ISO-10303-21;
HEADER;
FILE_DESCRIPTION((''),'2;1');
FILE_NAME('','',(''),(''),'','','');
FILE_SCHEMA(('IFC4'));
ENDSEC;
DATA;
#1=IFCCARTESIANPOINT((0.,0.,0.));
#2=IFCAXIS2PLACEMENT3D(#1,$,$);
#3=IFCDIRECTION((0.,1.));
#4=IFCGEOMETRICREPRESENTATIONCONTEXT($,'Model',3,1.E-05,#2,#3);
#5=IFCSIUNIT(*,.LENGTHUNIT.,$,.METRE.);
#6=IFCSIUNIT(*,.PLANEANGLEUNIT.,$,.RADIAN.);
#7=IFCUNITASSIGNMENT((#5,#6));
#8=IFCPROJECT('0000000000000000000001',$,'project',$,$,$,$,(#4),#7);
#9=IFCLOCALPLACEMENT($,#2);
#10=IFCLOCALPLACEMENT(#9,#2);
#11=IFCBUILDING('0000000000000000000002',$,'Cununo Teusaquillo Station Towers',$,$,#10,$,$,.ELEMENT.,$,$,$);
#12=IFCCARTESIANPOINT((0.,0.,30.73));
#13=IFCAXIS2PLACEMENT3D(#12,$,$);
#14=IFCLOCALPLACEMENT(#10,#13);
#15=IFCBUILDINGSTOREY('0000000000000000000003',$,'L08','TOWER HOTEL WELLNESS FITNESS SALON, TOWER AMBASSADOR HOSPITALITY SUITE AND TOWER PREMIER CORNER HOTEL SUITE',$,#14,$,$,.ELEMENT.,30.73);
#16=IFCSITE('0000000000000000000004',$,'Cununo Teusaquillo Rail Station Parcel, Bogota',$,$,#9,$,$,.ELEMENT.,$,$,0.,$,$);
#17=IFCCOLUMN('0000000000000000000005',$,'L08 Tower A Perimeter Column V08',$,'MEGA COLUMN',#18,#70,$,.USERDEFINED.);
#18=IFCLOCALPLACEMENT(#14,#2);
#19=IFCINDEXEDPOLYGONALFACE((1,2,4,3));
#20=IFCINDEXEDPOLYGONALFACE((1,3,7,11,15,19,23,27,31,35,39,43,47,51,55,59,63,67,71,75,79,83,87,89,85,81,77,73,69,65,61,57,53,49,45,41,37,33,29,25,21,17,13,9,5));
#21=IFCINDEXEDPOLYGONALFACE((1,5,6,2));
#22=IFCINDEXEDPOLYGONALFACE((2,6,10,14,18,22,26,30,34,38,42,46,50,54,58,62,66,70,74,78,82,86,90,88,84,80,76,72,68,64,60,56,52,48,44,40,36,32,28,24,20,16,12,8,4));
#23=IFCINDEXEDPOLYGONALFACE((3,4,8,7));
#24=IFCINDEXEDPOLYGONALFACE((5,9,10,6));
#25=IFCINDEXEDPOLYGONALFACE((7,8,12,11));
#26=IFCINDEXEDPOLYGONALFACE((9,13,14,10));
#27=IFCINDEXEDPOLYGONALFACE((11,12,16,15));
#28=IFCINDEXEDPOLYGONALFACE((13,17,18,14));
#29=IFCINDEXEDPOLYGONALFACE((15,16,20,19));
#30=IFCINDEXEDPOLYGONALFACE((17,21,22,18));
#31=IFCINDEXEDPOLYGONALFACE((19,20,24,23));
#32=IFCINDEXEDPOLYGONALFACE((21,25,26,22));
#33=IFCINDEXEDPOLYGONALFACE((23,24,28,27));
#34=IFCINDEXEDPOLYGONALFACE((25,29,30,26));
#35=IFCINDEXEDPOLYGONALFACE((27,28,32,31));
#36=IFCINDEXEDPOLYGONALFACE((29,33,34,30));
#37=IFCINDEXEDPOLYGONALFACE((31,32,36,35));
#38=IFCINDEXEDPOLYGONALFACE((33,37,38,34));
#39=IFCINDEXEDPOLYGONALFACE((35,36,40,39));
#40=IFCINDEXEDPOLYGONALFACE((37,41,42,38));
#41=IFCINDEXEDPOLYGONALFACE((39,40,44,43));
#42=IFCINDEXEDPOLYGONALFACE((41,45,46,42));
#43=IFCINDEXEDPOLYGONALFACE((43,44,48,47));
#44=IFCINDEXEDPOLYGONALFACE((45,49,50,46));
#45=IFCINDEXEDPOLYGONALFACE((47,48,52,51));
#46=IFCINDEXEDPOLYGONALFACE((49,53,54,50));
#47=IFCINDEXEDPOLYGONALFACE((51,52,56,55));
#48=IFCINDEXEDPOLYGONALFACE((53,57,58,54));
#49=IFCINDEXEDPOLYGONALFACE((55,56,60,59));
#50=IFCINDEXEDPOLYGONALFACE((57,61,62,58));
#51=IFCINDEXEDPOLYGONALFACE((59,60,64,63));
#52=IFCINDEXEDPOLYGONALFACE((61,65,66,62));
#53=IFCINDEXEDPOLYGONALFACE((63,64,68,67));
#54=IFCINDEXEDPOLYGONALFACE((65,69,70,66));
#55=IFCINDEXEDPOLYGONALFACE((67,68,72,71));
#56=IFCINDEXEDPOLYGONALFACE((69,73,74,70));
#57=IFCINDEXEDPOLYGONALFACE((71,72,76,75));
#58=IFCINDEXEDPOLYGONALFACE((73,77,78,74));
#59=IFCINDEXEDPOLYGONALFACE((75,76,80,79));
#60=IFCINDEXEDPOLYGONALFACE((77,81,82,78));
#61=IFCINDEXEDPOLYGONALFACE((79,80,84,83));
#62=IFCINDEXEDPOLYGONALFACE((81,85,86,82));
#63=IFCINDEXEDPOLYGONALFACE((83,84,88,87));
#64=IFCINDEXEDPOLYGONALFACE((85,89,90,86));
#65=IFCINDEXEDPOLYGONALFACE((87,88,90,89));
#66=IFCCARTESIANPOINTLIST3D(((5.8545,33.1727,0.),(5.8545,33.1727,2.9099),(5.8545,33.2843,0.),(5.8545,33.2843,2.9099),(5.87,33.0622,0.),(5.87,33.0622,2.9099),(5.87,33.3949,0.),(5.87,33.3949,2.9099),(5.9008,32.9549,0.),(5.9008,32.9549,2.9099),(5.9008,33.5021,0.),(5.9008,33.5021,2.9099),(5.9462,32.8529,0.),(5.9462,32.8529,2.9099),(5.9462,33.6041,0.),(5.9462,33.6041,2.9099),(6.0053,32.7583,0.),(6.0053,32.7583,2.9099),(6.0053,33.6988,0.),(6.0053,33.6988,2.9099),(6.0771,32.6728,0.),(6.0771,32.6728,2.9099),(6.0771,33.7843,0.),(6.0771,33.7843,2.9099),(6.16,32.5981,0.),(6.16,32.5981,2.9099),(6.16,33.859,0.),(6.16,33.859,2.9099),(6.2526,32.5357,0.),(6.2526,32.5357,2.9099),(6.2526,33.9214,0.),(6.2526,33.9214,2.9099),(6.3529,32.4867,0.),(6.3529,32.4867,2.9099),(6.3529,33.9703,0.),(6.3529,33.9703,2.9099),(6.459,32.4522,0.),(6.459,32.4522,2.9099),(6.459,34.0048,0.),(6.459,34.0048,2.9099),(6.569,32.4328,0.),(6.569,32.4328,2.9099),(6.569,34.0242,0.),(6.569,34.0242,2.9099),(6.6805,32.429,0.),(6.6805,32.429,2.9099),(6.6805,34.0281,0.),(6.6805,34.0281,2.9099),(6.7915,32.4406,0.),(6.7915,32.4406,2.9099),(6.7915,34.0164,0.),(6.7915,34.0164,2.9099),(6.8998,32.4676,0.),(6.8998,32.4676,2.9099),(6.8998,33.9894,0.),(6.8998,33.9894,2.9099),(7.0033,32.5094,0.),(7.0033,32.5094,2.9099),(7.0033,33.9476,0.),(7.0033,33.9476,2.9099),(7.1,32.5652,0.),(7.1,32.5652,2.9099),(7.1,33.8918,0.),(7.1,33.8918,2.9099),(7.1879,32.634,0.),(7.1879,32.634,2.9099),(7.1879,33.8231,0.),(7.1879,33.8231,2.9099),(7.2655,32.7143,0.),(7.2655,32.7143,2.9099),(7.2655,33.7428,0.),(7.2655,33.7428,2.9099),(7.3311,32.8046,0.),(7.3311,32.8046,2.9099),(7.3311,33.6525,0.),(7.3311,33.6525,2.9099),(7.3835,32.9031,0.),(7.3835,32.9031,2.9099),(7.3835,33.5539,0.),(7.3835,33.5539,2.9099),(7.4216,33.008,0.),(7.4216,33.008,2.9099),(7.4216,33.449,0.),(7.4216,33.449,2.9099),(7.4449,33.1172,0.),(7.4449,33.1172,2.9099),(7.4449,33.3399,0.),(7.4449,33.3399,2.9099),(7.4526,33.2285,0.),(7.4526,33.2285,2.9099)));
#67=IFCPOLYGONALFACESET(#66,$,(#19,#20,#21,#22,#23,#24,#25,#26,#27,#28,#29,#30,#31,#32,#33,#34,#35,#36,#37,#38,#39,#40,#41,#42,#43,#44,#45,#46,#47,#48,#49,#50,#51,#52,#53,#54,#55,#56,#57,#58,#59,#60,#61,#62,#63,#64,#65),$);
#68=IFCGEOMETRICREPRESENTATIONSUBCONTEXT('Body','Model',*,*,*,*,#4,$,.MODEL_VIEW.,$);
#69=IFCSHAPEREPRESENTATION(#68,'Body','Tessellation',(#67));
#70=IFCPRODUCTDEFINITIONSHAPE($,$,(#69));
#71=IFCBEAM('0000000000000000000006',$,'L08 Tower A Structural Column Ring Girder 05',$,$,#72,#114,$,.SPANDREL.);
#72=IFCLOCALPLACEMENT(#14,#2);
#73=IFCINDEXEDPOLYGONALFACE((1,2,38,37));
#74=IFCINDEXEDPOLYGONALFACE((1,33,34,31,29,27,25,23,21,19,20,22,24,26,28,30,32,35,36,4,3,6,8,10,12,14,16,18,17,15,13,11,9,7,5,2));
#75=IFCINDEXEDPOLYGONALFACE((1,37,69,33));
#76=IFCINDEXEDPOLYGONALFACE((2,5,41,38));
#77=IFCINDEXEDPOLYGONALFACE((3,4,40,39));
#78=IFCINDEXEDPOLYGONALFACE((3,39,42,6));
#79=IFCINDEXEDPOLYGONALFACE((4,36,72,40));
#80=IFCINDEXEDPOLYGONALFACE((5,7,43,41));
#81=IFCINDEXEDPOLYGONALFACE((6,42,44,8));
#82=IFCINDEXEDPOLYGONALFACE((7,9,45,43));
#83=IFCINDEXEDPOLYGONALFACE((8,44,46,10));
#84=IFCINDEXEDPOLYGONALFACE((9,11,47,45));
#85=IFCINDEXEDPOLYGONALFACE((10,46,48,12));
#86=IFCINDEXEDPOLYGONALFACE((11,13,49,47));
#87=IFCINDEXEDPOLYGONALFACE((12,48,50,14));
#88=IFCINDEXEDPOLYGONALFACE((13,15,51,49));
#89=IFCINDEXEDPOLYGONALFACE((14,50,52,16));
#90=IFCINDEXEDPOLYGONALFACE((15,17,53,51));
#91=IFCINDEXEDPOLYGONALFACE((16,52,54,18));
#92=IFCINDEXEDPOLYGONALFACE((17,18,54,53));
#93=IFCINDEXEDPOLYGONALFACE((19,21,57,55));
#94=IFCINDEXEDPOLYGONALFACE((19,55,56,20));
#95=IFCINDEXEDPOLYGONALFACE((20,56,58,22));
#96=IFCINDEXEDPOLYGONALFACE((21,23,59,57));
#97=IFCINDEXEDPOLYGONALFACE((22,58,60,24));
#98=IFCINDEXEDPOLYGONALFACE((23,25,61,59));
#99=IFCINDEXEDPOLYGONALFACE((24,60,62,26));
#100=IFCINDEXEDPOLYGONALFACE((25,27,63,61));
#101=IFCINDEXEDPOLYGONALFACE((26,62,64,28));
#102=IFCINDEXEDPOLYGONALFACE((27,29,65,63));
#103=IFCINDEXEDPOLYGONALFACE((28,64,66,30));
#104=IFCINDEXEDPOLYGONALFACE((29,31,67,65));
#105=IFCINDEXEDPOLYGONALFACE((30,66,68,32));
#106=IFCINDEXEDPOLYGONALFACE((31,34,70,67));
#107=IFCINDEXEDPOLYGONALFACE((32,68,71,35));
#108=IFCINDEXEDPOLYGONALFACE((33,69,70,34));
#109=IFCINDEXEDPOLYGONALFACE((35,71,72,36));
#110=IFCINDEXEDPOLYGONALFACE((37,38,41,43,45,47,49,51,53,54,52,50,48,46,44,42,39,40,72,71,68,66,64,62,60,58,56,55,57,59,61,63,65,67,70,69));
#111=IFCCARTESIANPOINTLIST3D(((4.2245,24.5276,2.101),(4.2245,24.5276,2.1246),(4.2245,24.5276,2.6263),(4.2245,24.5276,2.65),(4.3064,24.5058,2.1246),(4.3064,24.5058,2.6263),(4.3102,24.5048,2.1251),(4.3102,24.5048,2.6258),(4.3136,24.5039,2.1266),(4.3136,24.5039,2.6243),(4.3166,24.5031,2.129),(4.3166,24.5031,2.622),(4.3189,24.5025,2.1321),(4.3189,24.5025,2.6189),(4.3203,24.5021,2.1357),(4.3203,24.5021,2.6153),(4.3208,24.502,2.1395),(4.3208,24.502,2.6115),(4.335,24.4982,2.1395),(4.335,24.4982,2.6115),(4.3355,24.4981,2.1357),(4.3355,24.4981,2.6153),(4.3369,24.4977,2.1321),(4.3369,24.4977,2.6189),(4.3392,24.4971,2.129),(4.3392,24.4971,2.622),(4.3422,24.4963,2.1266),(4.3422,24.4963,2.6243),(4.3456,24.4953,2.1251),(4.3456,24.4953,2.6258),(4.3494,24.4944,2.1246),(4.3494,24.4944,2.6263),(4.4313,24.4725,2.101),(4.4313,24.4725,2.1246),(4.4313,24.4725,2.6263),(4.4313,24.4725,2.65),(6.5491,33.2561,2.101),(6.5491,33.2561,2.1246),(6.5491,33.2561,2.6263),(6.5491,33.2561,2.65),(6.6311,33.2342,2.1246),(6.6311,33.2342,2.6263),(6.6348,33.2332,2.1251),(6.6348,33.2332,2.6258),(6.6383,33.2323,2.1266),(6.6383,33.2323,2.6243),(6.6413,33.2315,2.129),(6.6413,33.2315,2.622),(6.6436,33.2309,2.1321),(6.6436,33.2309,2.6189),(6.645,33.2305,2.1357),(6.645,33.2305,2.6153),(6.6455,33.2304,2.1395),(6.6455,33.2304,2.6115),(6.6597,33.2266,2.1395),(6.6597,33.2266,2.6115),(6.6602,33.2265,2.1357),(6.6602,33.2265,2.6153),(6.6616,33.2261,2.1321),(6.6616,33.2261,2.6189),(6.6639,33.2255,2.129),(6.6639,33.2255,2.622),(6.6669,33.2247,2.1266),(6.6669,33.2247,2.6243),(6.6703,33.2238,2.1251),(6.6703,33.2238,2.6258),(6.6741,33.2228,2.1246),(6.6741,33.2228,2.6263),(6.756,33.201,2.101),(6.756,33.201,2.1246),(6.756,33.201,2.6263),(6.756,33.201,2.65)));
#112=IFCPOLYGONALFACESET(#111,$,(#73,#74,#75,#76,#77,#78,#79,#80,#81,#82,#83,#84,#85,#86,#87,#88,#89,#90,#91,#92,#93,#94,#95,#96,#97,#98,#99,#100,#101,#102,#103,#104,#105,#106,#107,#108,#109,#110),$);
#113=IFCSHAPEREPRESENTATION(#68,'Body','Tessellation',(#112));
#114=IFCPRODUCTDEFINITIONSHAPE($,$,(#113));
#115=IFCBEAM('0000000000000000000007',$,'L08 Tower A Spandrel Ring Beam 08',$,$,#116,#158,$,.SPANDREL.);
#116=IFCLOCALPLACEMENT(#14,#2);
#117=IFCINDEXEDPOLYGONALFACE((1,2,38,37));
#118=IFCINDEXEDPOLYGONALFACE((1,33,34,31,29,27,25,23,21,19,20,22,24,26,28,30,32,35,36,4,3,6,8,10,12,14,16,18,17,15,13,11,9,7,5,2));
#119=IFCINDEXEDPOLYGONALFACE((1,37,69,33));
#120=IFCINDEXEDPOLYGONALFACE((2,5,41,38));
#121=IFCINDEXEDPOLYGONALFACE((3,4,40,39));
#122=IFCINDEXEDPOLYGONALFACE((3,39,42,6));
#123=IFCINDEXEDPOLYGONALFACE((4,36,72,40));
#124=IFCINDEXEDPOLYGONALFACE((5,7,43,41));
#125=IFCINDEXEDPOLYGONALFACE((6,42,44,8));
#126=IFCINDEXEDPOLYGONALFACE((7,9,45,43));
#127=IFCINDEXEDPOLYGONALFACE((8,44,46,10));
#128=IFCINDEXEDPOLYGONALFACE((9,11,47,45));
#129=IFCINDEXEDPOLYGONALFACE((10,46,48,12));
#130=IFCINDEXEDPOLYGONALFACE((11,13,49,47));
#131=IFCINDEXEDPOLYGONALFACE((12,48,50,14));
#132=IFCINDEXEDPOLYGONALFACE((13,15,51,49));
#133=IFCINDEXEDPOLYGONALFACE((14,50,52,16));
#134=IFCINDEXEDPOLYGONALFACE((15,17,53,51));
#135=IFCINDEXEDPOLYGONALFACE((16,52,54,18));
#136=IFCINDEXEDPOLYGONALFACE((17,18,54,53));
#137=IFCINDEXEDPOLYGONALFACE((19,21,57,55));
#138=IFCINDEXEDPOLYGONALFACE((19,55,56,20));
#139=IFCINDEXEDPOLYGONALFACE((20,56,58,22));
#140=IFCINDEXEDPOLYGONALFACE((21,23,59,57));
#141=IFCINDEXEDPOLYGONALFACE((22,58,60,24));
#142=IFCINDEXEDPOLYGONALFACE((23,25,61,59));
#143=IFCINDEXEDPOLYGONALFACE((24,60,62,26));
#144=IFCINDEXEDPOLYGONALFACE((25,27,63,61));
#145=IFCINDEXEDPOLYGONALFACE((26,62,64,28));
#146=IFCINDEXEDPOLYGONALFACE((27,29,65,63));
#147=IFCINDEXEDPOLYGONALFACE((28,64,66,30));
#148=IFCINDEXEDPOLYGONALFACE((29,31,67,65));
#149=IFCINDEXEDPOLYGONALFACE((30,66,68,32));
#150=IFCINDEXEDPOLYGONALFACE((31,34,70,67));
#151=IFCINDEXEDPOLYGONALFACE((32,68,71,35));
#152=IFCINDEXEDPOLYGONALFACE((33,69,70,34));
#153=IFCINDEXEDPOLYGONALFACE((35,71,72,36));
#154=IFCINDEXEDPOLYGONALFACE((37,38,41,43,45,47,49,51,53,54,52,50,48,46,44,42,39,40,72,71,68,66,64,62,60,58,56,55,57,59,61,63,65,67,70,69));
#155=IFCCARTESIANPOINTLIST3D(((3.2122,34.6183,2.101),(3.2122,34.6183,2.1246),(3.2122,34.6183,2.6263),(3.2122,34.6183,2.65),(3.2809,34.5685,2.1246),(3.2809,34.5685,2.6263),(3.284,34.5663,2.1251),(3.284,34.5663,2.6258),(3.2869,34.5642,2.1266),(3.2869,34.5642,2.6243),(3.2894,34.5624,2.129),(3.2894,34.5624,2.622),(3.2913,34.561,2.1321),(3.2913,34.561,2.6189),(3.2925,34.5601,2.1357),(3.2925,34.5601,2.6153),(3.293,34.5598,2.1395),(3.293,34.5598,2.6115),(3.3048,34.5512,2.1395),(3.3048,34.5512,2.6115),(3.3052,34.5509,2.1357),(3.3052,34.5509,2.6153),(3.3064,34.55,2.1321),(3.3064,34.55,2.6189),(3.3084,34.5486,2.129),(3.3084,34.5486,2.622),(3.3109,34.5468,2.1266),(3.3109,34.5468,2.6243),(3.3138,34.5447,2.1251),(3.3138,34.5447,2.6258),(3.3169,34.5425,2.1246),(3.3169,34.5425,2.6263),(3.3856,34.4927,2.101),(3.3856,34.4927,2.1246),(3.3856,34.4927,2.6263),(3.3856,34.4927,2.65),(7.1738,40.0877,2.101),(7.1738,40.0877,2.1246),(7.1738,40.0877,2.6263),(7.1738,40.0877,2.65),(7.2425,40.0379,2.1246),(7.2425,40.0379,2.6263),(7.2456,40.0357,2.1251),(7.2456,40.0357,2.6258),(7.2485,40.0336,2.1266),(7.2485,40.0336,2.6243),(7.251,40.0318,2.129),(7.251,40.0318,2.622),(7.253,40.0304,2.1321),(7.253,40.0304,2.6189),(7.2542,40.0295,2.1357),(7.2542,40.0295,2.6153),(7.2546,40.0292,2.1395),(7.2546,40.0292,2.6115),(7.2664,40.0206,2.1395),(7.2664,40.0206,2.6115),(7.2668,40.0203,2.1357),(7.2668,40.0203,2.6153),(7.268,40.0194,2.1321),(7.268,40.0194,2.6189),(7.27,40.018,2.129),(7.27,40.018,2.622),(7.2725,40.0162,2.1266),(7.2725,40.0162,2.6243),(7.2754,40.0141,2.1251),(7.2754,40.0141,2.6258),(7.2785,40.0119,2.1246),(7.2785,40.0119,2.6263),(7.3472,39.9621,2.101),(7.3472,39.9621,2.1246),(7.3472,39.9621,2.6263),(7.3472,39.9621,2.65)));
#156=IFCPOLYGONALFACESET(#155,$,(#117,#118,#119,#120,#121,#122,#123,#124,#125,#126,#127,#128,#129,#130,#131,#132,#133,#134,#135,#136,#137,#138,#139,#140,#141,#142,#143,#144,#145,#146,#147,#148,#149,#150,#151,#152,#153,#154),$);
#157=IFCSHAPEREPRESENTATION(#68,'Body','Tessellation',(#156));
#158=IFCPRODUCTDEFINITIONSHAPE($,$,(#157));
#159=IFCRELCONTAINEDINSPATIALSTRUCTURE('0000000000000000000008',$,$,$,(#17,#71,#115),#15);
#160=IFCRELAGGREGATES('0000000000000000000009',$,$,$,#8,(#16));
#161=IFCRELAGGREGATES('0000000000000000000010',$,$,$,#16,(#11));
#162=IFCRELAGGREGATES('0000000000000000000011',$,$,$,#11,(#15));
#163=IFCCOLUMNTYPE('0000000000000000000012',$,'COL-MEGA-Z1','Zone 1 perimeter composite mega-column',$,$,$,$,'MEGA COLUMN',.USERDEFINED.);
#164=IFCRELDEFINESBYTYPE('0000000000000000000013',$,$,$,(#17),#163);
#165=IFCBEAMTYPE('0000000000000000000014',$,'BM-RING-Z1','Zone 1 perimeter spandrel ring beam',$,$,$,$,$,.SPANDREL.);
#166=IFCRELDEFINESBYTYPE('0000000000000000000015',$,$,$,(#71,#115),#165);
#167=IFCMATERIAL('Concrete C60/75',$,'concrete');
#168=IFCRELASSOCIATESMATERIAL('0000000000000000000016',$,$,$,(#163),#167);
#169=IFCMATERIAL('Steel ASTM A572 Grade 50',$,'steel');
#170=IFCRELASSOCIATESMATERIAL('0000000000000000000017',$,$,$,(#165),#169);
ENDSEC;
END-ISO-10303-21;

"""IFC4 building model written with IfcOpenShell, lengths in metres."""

from ifc_helpers import new_model, si_unit, direction, frame, origin, origin_2d, place, context, subcontext, project, spatial, circle, i_section, extrude, material, material_profile, profile_set, type_object, element, save


model = new_model("IFC4")

# Units and contexts
model_context = context("Model", 3, precision=1e-05, world=origin(), true_north=direction((0.0, 1.0)))
body_context = subcontext(model_context, "Body", "Model", "MODEL_VIEW")
ifc_project = project(units=[si_unit("LENGTHUNIT", "METRE"), si_unit("PLANEANGLEUNIT", "RADIAN")], contexts=[model_context])

# Site, building, storey
site_placement = place(None, origin())
site = spatial("IfcSite", under=ifc_project, at=site_placement, Name="Cununo Teusaquillo Rail Station Parcel, Bogota", CompositionType="ELEMENT", RefElevation=0.0)
building_placement = place(site_placement, origin())
building = spatial("IfcBuilding", under=site, at=building_placement, Name="Cununo Teusaquillo Station Towers", CompositionType="ELEMENT")
storey_placement = place(building_placement, frame((0.0, 0.0, 30.73)))
storey = spatial("IfcBuildingStorey", under=building, at=storey_placement, Name="L08", Description="TOWER HOTEL WELLNESS FITNESS SALON, TOWER AMBASSADOR HOSPITALITY SUITE AND TOWER PREMIER CORNER HOTEL SUITE", CompositionType="ELEMENT", Elevation=30.73)

# Column
ifc_material_1 = material(Name="Concrete C60/75", Category="concrete")
ifc_material_profile_1 = material_profile(ifc_material_1, circle(Radius=0.8, at=origin_2d()), Name="RC-CIRC-1600")
ifc_profile_set_1 = profile_set([ifc_material_profile_1], Name="Concrete C60/75")
column_type = type_object("IfcColumnType", Name="COL-MEGA-Z1", Description="Zone 1 perimeter composite mega-column", ElementType="MEGA COLUMN", PredefinedType="USERDEFINED", material=ifc_profile_set_1)
column_placement = place(storey_placement, frame((6.6526, 33.2285, 0.0), z_axis=(0.0, 0.0, 1.0), x_axis=(1.0, 0.0, 0.0)))
element("IfcColumn", 1, at=column_placement, inside=storey, type_object=column_type, Name="L08 Tower A Perimeter Column V08", ObjectType="MEGA COLUMN", PredefinedType="USERDEFINED", context=body_context, shape_type="SweptSolid", body=[
    extrude(circle(Radius=0.8, at=origin_2d()), origin(), (0.0, 0.0, 1.0), 2.9099),
])

# Beams
ifc_material_2 = material(Name="Steel ASTM A572 Grade 50", Category="steel")
ifc_material_profile_2 = material_profile(ifc_material_2, i_section(OverallWidth=0.2141, OverallDepth=0.5491, WebThickness=0.0146, FlangeThickness=0.0237, FilletRadius=0.0149, at=origin_2d()), Name="W21X93")
ifc_profile_set_2 = profile_set([ifc_material_profile_2], Name="Steel ASTM A572 Grade 50")
beam_type = type_object("IfcBeamType", Name="BM-RING-Z1", Description="Zone 1 perimeter spandrel ring beam", PredefinedType="SPANDREL", material=ifc_profile_set_2)
beam_1_placement = place(storey_placement, frame((6.6526, 33.2285, 2.3755), z_axis=(-0.257363, -0.966315, 0.0), x_axis=(0.966315, -0.257363, 0.0)))
element("IfcBeam", 2, at=beam_1_placement, inside=storey, type_object=beam_type, Name="L08 Tower A Structural Column Ring Girder 05", PredefinedType="SPANDREL", context=body_context, shape_type="SweptSolid", body=[
    extrude(i_section(OverallWidth=0.2141, OverallDepth=0.5491, WebThickness=0.0146, FlangeThickness=0.0237, FilletRadius=0.0149, at=origin_2d()), origin(), (0.0, 0.0, 1.0), 9.0327),
])
beam_2_placement = place(storey_placement, frame((7.2605, 40.0249, 2.3755), z_axis=(-0.586608, -0.809871, 0.0), x_axis=(0.809871, -0.586608, 0.0)))
element("IfcBeam", 3, at=beam_2_placement, inside=storey, type_object=beam_type, Name="L08 Tower A Spandrel Ring Beam 08", PredefinedType="SPANDREL", context=body_context, shape_type="SweptSolid", body=[
    extrude(i_section(OverallWidth=0.2141, OverallDepth=0.5491, WebThickness=0.0146, FlangeThickness=0.0237, FilletRadius=0.0149, at=origin_2d()), origin(), (0.0, 0.0, 1.0), 6.7534),
])

save(model, "model.ifc")
